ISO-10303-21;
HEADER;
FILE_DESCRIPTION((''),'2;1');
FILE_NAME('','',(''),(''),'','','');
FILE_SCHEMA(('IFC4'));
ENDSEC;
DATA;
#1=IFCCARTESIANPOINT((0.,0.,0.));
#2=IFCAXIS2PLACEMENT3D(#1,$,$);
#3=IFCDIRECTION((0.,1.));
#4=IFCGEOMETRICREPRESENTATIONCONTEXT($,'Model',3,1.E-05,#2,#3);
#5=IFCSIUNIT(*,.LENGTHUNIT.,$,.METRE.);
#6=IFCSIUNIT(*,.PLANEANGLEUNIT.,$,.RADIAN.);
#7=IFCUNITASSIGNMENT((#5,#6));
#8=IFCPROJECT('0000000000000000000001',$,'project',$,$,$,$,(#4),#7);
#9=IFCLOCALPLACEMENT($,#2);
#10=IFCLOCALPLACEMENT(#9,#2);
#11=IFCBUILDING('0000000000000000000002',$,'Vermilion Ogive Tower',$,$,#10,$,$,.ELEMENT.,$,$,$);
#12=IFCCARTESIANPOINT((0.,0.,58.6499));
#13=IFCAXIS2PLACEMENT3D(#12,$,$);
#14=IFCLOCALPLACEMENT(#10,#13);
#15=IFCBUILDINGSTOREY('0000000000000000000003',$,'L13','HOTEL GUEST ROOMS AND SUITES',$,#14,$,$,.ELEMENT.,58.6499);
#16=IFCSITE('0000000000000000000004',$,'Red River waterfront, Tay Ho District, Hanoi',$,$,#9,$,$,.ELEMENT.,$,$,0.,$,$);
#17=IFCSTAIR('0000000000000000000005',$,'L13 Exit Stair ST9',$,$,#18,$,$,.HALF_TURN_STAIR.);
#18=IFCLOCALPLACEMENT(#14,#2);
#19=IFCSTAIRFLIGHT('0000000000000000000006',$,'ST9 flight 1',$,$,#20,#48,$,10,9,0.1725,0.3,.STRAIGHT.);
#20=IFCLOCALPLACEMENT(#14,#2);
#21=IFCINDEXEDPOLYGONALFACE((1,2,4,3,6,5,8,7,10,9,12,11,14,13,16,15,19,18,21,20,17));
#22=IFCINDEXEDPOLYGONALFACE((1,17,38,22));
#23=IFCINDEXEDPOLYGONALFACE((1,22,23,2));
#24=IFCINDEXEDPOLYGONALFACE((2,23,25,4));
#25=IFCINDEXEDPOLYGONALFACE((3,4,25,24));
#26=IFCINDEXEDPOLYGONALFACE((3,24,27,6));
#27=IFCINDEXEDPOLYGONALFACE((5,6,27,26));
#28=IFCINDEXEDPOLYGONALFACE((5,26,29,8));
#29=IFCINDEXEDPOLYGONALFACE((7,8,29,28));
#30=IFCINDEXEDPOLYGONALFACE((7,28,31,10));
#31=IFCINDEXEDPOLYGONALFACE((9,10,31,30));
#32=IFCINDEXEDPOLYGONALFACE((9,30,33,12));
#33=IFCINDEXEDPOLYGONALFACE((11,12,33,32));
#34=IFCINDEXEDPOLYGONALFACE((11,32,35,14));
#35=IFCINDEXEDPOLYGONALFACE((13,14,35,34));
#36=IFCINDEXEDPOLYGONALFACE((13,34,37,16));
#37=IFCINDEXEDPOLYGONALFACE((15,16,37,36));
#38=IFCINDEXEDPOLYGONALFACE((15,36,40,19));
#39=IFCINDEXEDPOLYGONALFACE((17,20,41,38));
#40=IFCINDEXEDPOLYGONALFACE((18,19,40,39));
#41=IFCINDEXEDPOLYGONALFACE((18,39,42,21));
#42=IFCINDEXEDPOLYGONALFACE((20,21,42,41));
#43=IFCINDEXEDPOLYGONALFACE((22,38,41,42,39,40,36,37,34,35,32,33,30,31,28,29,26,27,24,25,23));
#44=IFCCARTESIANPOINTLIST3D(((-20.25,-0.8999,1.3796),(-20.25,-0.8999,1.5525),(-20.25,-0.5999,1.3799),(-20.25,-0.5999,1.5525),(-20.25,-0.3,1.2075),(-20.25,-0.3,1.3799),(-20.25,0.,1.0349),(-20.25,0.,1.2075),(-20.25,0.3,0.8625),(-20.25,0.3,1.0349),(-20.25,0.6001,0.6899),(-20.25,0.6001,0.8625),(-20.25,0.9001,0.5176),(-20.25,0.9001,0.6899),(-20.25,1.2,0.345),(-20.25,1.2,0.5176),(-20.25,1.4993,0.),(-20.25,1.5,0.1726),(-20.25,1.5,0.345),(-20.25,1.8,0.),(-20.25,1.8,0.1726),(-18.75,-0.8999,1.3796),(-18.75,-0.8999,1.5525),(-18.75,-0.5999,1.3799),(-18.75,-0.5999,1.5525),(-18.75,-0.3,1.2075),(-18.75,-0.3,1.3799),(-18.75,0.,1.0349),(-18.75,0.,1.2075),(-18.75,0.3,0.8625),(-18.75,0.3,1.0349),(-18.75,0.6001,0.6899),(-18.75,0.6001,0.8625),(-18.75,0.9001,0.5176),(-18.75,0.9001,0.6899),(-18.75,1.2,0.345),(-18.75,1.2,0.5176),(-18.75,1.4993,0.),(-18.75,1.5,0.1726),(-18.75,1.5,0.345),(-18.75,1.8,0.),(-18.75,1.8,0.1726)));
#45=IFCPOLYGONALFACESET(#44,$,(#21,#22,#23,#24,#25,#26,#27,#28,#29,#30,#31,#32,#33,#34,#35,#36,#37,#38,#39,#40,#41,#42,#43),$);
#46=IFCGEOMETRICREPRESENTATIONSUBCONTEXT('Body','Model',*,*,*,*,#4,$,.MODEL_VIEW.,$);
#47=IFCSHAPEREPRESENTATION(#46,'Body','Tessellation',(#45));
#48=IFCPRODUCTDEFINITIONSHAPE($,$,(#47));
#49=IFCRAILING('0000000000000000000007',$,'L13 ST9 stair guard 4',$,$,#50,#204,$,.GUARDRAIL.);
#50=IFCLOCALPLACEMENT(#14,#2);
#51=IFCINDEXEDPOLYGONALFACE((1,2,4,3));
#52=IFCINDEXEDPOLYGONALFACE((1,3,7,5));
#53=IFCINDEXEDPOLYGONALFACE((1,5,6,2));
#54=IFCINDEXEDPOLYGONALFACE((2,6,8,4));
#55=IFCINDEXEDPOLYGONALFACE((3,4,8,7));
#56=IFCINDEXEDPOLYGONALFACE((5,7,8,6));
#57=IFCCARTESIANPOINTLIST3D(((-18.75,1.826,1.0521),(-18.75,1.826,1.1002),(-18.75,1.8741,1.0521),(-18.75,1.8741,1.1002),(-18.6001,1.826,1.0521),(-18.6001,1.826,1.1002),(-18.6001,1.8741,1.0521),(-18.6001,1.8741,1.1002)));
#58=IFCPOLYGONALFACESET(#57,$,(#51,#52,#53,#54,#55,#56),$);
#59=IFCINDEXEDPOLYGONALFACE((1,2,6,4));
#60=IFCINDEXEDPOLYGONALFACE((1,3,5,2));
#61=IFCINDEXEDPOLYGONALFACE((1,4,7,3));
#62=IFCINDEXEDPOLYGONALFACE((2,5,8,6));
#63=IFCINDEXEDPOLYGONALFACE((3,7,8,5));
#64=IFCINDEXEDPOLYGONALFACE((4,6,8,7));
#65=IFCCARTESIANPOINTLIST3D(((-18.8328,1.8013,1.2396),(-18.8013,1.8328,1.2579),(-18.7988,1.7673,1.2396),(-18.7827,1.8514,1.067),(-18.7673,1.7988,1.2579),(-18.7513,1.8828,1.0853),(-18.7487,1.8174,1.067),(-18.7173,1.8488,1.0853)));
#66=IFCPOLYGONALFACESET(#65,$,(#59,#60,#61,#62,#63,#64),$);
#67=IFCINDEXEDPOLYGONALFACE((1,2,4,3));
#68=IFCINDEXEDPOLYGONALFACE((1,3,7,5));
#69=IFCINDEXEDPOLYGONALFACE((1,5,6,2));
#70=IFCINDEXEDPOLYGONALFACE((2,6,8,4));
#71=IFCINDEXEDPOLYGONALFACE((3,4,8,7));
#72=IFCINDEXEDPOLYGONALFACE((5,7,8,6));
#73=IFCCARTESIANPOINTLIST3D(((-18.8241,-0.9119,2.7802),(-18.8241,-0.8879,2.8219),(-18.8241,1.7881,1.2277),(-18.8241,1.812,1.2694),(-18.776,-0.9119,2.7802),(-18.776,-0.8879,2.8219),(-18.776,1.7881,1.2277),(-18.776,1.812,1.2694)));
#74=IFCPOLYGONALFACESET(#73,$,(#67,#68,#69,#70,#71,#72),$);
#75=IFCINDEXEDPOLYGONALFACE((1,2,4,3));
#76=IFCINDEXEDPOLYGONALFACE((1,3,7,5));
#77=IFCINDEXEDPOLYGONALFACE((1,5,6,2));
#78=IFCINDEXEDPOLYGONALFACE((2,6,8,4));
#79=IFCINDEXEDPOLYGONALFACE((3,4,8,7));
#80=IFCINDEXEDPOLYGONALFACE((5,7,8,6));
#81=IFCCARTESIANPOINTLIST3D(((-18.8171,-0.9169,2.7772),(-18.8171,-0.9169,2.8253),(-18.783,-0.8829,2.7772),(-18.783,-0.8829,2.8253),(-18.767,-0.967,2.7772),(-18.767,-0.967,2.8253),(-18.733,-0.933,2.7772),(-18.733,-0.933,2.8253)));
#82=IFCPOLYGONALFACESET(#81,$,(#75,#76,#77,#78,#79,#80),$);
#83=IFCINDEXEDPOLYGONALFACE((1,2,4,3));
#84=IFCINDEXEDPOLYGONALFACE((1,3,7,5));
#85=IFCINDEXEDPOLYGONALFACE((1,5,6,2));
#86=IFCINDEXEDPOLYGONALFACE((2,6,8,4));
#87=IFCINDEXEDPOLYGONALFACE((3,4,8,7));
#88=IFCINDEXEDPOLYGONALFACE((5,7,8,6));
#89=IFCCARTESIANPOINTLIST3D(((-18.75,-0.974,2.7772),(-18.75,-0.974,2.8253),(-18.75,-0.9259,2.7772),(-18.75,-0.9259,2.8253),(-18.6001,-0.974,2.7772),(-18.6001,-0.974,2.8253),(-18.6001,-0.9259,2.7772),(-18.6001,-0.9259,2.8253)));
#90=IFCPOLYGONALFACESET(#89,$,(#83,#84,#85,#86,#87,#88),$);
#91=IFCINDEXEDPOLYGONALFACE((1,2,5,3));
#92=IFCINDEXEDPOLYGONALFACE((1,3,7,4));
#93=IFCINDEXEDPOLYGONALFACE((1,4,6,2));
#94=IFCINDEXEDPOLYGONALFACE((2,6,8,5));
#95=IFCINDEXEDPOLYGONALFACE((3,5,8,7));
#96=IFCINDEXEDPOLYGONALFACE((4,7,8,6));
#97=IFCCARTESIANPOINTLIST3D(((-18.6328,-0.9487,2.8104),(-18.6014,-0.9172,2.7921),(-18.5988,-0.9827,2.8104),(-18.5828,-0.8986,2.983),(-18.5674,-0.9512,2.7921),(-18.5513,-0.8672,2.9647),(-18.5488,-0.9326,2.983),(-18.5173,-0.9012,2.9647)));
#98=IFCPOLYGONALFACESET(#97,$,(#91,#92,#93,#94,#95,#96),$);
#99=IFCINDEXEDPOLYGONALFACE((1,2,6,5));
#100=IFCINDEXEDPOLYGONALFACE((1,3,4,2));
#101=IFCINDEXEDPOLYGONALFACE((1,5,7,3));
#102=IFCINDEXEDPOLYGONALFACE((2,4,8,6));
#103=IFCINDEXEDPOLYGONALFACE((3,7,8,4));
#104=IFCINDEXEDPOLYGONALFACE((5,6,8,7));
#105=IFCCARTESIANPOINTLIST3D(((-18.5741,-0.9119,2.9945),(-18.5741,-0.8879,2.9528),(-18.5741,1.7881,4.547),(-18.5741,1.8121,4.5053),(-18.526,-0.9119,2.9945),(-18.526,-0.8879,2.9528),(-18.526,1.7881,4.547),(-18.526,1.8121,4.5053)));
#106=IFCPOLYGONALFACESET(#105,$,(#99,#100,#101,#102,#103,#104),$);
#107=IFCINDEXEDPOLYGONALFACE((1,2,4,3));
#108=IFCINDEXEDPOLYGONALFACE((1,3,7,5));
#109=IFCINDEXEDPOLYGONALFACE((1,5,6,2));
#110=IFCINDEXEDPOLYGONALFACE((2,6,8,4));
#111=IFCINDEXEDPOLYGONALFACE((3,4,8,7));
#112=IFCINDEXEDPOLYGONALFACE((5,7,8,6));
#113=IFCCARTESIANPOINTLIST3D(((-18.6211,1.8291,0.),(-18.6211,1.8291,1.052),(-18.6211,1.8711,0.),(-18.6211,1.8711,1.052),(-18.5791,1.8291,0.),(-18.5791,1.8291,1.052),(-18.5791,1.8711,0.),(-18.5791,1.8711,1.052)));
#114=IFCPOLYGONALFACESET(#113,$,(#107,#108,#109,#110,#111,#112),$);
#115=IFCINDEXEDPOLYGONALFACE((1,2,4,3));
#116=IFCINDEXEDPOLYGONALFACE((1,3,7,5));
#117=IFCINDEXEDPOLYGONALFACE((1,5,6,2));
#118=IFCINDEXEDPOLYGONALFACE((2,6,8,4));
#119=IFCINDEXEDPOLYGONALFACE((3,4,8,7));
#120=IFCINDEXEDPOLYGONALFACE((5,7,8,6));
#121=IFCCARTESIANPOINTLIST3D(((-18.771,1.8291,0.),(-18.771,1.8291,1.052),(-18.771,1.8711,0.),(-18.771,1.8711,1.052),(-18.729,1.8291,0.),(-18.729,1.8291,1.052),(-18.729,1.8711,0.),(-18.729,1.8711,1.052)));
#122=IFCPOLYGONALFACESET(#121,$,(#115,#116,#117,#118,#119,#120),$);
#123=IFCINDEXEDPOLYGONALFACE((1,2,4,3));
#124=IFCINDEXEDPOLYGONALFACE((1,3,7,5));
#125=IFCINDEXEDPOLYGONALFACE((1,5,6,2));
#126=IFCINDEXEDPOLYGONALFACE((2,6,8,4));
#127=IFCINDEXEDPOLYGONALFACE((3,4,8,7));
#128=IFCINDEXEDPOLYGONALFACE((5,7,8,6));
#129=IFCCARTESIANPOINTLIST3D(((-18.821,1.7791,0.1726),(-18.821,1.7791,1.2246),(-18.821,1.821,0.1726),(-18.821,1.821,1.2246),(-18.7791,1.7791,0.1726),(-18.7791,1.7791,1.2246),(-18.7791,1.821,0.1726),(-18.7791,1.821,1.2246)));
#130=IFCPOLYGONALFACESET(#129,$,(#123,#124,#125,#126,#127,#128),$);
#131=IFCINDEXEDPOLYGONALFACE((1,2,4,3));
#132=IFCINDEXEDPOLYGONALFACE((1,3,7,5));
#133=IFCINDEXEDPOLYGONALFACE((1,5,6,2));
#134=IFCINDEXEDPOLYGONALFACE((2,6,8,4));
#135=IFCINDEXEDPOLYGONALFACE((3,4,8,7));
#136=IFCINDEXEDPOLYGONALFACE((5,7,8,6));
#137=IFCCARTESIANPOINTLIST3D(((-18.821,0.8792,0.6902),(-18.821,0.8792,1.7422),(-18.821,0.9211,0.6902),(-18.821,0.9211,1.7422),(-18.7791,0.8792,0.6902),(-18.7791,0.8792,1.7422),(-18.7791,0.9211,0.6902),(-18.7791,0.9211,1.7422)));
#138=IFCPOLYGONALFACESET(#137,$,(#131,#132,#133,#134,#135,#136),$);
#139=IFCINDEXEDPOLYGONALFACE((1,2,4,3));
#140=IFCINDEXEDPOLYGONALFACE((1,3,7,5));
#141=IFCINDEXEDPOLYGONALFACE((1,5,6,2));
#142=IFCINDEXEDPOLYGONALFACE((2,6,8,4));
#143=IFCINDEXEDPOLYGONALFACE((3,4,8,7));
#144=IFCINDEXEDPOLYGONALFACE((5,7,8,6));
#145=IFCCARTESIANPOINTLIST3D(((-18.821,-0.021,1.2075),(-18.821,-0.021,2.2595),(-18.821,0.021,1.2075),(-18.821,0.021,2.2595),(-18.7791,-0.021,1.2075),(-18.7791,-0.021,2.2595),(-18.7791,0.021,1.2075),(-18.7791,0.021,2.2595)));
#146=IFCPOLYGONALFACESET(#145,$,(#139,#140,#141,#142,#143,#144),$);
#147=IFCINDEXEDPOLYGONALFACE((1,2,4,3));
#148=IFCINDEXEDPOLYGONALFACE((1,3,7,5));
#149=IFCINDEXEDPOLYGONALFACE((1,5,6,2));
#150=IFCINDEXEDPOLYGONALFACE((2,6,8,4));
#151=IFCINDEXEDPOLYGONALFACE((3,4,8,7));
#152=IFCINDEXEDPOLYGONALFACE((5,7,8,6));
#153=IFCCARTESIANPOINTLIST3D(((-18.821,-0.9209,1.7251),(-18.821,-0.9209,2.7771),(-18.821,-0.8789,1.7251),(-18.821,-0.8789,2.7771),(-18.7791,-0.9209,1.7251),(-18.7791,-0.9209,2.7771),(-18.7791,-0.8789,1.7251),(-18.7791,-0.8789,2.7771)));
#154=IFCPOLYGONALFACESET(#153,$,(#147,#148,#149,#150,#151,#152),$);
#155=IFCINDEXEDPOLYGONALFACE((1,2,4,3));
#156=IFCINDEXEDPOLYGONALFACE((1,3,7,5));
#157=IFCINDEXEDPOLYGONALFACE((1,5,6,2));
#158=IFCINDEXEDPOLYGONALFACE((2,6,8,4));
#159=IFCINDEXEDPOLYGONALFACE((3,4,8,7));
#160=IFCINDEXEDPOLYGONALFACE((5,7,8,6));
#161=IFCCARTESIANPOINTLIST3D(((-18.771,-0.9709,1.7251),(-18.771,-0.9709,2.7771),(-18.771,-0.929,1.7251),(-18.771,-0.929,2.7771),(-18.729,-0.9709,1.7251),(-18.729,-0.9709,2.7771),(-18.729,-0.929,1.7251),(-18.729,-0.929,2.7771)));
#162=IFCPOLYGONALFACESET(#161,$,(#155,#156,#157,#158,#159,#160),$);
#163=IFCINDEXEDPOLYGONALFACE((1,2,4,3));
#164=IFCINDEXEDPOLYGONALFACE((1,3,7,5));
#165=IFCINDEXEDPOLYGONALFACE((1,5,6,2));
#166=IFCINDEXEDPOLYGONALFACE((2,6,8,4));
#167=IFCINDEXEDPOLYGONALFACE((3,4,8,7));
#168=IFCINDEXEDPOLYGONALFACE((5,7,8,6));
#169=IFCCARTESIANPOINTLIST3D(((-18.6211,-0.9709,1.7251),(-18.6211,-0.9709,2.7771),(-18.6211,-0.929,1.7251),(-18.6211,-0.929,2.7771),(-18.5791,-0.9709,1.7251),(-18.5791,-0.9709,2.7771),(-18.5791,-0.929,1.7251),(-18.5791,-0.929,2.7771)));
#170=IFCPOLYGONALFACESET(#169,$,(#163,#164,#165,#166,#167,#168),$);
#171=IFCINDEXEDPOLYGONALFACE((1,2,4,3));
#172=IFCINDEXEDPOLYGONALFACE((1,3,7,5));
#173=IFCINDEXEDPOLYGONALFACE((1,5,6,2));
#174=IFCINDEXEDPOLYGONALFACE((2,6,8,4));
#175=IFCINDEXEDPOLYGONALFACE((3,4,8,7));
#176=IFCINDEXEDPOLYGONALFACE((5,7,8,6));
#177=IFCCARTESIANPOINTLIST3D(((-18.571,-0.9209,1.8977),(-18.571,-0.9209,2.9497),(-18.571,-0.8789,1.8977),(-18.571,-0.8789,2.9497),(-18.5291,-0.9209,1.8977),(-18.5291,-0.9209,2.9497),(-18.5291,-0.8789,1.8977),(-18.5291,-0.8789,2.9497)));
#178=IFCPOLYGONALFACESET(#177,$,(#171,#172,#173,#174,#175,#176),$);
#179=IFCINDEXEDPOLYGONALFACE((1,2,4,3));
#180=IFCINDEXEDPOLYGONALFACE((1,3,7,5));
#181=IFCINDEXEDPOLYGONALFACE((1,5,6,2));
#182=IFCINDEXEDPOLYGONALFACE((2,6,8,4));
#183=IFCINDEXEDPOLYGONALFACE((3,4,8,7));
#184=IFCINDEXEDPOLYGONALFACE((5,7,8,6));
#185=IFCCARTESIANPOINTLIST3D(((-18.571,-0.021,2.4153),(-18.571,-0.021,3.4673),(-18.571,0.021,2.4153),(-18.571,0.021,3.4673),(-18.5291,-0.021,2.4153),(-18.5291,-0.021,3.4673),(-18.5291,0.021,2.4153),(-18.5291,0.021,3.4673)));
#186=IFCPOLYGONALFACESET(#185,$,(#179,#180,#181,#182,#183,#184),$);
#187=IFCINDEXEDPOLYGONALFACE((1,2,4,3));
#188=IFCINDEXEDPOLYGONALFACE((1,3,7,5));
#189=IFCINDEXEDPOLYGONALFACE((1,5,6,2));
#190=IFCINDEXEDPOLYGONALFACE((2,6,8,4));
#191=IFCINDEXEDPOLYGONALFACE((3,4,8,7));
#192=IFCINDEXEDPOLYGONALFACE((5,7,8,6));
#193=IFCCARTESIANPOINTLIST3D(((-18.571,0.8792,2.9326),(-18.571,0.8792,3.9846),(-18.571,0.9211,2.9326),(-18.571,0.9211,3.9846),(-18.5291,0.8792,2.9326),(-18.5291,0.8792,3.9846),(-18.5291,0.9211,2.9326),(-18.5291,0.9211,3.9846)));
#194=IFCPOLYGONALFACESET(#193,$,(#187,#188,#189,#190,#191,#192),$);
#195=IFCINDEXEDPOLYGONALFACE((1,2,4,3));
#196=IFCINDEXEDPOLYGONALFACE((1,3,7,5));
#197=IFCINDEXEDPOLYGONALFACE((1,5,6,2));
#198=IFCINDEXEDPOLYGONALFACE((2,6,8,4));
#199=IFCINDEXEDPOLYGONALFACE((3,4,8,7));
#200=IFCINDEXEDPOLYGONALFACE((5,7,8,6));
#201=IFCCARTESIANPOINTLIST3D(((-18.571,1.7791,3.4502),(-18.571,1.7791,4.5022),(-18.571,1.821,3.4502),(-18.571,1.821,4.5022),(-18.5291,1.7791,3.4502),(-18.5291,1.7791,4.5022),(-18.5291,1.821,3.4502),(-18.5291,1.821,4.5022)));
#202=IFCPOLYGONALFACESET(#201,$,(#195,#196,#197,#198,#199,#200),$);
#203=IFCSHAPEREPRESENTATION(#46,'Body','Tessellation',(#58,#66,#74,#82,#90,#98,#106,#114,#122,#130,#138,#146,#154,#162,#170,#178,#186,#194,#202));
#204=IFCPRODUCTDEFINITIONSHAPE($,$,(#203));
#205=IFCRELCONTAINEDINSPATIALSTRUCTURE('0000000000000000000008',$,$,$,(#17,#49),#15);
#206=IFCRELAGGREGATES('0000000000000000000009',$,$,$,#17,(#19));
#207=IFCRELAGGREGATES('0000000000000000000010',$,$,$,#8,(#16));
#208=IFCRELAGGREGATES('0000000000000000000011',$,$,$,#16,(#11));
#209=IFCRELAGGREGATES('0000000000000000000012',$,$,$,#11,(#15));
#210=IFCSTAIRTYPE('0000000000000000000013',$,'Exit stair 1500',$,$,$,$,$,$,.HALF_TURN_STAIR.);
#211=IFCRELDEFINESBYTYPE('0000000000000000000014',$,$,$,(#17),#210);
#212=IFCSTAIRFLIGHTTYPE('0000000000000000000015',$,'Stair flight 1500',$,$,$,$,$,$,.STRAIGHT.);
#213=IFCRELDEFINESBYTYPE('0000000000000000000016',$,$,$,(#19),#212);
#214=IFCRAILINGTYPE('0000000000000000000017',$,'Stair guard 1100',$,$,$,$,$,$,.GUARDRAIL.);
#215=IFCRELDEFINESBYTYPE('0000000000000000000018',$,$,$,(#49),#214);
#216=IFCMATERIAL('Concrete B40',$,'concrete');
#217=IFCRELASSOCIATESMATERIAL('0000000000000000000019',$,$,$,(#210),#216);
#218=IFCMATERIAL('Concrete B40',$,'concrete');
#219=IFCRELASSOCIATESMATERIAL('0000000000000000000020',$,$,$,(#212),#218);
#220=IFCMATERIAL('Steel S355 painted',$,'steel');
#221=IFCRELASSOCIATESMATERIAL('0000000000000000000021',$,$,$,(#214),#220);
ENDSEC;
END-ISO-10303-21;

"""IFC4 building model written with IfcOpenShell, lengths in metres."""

from ifc_helpers import new_model, si_unit, direction, frame, origin, origin_2d, place, context, subcontext, project, spatial, polyline, rectangle, outline, extrude, material, type_object, element, aggregate, save


model = new_model("IFC4")

# Units and contexts
model_context = context("Model", 3, precision=1e-05, world=origin(), true_north=direction((0.0, 1.0)))
body_context = subcontext(model_context, "Body", "Model", "MODEL_VIEW")
ifc_project = project(units=[si_unit("LENGTHUNIT", "METRE"), si_unit("PLANEANGLEUNIT", "RADIAN")], contexts=[model_context])

# Site, building, storey
site_placement = place(None, origin())
site = spatial("IfcSite", under=ifc_project, at=site_placement, Name="Red River waterfront, Tay Ho District, Hanoi", CompositionType="ELEMENT", RefElevation=0.0)
building_placement = place(site_placement, origin())
building = spatial("IfcBuilding", under=site, at=building_placement, Name="Vermilion Ogive Tower", CompositionType="ELEMENT")
storey_placement = place(building_placement, frame((0.0, 0.0, 58.6499)))
storey = spatial("IfcBuildingStorey", under=building, at=storey_placement, Name="L13", Description="HOTEL GUEST ROOMS AND SUITES", CompositionType="ELEMENT", Elevation=58.6499)

# Stair, stair flight
ifc_material_1 = material(Name="Concrete B40", Category="concrete")
stair_type = type_object("IfcStairType", Name="Exit stair 1500", PredefinedType="HALF_TURN_STAIR", material=ifc_material_1)
stair_placement = place(storey_placement, origin())
stair = element("IfcStair", 1, at=stair_placement, inside=storey, type_object=stair_type, Name="L13 Exit Stair ST9", PredefinedType="HALF_TURN_STAIR")
ifc_material_2 = material(Name="Concrete B40", Category="concrete")
stair_flight_type = type_object("IfcStairFlightType", Name="Stair flight 1500", PredefinedType="STRAIGHT", material=ifc_material_2)
stair_flight_placement = place(storey_placement, frame((-19.5, 1.8, 0.0), z_axis=(0.0, 0.0, 1.0), x_axis=(0.0, -1.0, 0.0)))
stair_flight = element("IfcStairFlight", 2, at=stair_flight_placement, type_object=stair_flight_type, Name="ST9 flight 1", NumberOfRisers=10, NumberOfTreads=9, PredefinedType="STRAIGHT", RiserHeight=0.1725, TreadLength=0.3, context=body_context, shape_type="SweptSolid", body=[
    extrude(outline(polyline([(0.0, 0.0), (0.0, 0.1726), (0.3, 0.1726), (0.3, 0.345), (0.6001, 0.345), (0.6001, 0.5176), (0.8999, 0.5176), (0.8999, 0.6899), (1.2, 0.6899), (1.2, 0.8625), (1.5, 0.8625), (1.5, 1.0349), (1.8, 1.0349), (1.8, 1.2075), (2.1001, 1.2075), (2.1001, 1.3799), (2.3999, 1.3799), (2.3999, 1.5525), (2.7, 1.5525), (2.7, 1.7251), (2.7, 1.3796), (0.3008, 0.0), (0.0, 0.0)])), frame((0.0, 0.75, 0.0), z_axis=(0.0, -1.0, 0.0), x_axis=(1.0, 0.0, 0.0)), (0.0, 0.0, 1.0), 1.5),
])
aggregate(stair, [stair_flight])

# Railing
ifc_material_3 = material(Name="Steel S355 painted", Category="steel")
railing_type = type_object("IfcRailingType", Name="Stair guard 1100", PredefinedType="GUARDRAIL", material=ifc_material_3)
railing_placement = place(storey_placement, frame((-18.6001, 1.8501, 0.0)))
element("IfcRailing", 3, at=railing_placement, inside=storey, type_object=railing_type, Name="L13 ST9 stair guard 4", PredefinedType="GUARDRAIL", context=body_context, shape_type="SweptSolid", body=[
    extrude(rectangle(XDim=0.0481, YDim=0.0481, at=origin_2d()), frame((0.0, 0.0, 1.0762), z_axis=(-1.0, 0.0, 0.0), x_axis=(0.0, -1.0, 0.0)), (0.0, 0.0, 1.0), 0.1499),
    extrude(rectangle(XDim=0.0481, YDim=0.0481, at=origin_2d()), frame((-0.1499, 0.0, 1.0762), z_axis=(-0.268278, -0.268278, 0.925232), x_axis=(0.707107, -0.707107, 0.0)), (0.0, 0.0, 1.0), 0.1865),
    extrude(rectangle(XDim=0.0481, YDim=0.0481, at=origin_2d()), frame((-0.2, -0.05, 1.2485), z_axis=(0.0, -0.866904, 0.498476), x_axis=(1.0, 0.0, 0.0)), (0.0, 0.0, 1.0), 3.1145),
    extrude(rectangle(XDim=0.0481, YDim=0.0481, at=origin_2d()), frame((-0.2, -2.75, 2.8013), z_axis=(0.707107, -0.707107, 0.0), x_axis=(0.707107, 0.707107, 0.0)), (0.0, 0.0, 1.0), 0.0708),
    extrude(rectangle(XDim=0.0481, YDim=0.0481, at=origin_2d()), frame((-0.1499, -2.8, 2.8013), z_axis=(1.0, 0.0, 0.0), x_axis=(0.0, 1.0, 0.0)), (0.0, 0.0, 1.0), 0.1499),
    extrude(rectangle(XDim=0.0481, YDim=0.0481, at=origin_2d()), frame((0.0, -2.8, 2.8013), z_axis=(0.268278, 0.268278, 0.925232), x_axis=(-0.707107, 0.707107, 0.0)), (0.0, 0.0, 1.0), 0.1865),
    extrude(rectangle(XDim=0.0481, YDim=0.0481, at=origin_2d()), frame((0.05, -2.75, 2.9736), z_axis=(0.0, 0.866904, 0.498476), x_axis=(-1.0, 0.0, 0.0)), (0.0, 0.0, 1.0), 3.1145),
    extrude(rectangle(XDim=0.042, YDim=0.042, at=origin_2d()), origin(), (0.0, 0.0, 1.0), 1.052),
    extrude(rectangle(XDim=0.042, YDim=0.042, at=origin_2d()), frame((-0.1499, 0.0, 0.0)), (0.0, 0.0, 1.0), 1.052),
    extrude(rectangle(XDim=0.042, YDim=0.042, at=origin_2d()), frame((-0.2, -0.05, 0.1726)), (0.0, 0.0, 1.0), 1.052),
    extrude(rectangle(XDim=0.042, YDim=0.042, at=origin_2d()), frame((-0.2, -0.95, 0.6902)), (0.0, 0.0, 1.0), 1.052),
    extrude(rectangle(XDim=0.042, YDim=0.042, at=origin_2d()), frame((-0.2, -1.8501, 1.2075)), (0.0, 0.0, 1.0), 1.052),
    extrude(rectangle(XDim=0.042, YDim=0.042, at=origin_2d()), frame((-0.2, -2.75, 1.7251)), (0.0, 0.0, 1.0), 1.052),
    extrude(rectangle(XDim=0.042, YDim=0.042, at=origin_2d()), frame((-0.1499, -2.8, 1.7251)), (0.0, 0.0, 1.0), 1.052),
    extrude(rectangle(XDim=0.042, YDim=0.042, at=origin_2d()), frame((0.0, -2.8, 1.7251)), (0.0, 0.0, 1.0), 1.052),
    extrude(rectangle(XDim=0.042, YDim=0.042, at=origin_2d()), frame((0.05, -2.75, 1.8977)), (0.0, 0.0, 1.0), 1.052),
    extrude(rectangle(XDim=0.042, YDim=0.042, at=origin_2d()), frame((0.05, -1.8501, 2.4153)), (0.0, 0.0, 1.0), 1.052),
    extrude(rectangle(XDim=0.042, YDim=0.042, at=origin_2d()), frame((0.05, -0.95, 2.9326)), (0.0, 0.0, 1.0), 1.052),
    extrude(rectangle(XDim=0.042, YDim=0.042, at=origin_2d()), frame((0.05, -0.05, 3.4502)), (0.0, 0.0, 1.0), 1.052),
])

save(model, "model.ifc")
